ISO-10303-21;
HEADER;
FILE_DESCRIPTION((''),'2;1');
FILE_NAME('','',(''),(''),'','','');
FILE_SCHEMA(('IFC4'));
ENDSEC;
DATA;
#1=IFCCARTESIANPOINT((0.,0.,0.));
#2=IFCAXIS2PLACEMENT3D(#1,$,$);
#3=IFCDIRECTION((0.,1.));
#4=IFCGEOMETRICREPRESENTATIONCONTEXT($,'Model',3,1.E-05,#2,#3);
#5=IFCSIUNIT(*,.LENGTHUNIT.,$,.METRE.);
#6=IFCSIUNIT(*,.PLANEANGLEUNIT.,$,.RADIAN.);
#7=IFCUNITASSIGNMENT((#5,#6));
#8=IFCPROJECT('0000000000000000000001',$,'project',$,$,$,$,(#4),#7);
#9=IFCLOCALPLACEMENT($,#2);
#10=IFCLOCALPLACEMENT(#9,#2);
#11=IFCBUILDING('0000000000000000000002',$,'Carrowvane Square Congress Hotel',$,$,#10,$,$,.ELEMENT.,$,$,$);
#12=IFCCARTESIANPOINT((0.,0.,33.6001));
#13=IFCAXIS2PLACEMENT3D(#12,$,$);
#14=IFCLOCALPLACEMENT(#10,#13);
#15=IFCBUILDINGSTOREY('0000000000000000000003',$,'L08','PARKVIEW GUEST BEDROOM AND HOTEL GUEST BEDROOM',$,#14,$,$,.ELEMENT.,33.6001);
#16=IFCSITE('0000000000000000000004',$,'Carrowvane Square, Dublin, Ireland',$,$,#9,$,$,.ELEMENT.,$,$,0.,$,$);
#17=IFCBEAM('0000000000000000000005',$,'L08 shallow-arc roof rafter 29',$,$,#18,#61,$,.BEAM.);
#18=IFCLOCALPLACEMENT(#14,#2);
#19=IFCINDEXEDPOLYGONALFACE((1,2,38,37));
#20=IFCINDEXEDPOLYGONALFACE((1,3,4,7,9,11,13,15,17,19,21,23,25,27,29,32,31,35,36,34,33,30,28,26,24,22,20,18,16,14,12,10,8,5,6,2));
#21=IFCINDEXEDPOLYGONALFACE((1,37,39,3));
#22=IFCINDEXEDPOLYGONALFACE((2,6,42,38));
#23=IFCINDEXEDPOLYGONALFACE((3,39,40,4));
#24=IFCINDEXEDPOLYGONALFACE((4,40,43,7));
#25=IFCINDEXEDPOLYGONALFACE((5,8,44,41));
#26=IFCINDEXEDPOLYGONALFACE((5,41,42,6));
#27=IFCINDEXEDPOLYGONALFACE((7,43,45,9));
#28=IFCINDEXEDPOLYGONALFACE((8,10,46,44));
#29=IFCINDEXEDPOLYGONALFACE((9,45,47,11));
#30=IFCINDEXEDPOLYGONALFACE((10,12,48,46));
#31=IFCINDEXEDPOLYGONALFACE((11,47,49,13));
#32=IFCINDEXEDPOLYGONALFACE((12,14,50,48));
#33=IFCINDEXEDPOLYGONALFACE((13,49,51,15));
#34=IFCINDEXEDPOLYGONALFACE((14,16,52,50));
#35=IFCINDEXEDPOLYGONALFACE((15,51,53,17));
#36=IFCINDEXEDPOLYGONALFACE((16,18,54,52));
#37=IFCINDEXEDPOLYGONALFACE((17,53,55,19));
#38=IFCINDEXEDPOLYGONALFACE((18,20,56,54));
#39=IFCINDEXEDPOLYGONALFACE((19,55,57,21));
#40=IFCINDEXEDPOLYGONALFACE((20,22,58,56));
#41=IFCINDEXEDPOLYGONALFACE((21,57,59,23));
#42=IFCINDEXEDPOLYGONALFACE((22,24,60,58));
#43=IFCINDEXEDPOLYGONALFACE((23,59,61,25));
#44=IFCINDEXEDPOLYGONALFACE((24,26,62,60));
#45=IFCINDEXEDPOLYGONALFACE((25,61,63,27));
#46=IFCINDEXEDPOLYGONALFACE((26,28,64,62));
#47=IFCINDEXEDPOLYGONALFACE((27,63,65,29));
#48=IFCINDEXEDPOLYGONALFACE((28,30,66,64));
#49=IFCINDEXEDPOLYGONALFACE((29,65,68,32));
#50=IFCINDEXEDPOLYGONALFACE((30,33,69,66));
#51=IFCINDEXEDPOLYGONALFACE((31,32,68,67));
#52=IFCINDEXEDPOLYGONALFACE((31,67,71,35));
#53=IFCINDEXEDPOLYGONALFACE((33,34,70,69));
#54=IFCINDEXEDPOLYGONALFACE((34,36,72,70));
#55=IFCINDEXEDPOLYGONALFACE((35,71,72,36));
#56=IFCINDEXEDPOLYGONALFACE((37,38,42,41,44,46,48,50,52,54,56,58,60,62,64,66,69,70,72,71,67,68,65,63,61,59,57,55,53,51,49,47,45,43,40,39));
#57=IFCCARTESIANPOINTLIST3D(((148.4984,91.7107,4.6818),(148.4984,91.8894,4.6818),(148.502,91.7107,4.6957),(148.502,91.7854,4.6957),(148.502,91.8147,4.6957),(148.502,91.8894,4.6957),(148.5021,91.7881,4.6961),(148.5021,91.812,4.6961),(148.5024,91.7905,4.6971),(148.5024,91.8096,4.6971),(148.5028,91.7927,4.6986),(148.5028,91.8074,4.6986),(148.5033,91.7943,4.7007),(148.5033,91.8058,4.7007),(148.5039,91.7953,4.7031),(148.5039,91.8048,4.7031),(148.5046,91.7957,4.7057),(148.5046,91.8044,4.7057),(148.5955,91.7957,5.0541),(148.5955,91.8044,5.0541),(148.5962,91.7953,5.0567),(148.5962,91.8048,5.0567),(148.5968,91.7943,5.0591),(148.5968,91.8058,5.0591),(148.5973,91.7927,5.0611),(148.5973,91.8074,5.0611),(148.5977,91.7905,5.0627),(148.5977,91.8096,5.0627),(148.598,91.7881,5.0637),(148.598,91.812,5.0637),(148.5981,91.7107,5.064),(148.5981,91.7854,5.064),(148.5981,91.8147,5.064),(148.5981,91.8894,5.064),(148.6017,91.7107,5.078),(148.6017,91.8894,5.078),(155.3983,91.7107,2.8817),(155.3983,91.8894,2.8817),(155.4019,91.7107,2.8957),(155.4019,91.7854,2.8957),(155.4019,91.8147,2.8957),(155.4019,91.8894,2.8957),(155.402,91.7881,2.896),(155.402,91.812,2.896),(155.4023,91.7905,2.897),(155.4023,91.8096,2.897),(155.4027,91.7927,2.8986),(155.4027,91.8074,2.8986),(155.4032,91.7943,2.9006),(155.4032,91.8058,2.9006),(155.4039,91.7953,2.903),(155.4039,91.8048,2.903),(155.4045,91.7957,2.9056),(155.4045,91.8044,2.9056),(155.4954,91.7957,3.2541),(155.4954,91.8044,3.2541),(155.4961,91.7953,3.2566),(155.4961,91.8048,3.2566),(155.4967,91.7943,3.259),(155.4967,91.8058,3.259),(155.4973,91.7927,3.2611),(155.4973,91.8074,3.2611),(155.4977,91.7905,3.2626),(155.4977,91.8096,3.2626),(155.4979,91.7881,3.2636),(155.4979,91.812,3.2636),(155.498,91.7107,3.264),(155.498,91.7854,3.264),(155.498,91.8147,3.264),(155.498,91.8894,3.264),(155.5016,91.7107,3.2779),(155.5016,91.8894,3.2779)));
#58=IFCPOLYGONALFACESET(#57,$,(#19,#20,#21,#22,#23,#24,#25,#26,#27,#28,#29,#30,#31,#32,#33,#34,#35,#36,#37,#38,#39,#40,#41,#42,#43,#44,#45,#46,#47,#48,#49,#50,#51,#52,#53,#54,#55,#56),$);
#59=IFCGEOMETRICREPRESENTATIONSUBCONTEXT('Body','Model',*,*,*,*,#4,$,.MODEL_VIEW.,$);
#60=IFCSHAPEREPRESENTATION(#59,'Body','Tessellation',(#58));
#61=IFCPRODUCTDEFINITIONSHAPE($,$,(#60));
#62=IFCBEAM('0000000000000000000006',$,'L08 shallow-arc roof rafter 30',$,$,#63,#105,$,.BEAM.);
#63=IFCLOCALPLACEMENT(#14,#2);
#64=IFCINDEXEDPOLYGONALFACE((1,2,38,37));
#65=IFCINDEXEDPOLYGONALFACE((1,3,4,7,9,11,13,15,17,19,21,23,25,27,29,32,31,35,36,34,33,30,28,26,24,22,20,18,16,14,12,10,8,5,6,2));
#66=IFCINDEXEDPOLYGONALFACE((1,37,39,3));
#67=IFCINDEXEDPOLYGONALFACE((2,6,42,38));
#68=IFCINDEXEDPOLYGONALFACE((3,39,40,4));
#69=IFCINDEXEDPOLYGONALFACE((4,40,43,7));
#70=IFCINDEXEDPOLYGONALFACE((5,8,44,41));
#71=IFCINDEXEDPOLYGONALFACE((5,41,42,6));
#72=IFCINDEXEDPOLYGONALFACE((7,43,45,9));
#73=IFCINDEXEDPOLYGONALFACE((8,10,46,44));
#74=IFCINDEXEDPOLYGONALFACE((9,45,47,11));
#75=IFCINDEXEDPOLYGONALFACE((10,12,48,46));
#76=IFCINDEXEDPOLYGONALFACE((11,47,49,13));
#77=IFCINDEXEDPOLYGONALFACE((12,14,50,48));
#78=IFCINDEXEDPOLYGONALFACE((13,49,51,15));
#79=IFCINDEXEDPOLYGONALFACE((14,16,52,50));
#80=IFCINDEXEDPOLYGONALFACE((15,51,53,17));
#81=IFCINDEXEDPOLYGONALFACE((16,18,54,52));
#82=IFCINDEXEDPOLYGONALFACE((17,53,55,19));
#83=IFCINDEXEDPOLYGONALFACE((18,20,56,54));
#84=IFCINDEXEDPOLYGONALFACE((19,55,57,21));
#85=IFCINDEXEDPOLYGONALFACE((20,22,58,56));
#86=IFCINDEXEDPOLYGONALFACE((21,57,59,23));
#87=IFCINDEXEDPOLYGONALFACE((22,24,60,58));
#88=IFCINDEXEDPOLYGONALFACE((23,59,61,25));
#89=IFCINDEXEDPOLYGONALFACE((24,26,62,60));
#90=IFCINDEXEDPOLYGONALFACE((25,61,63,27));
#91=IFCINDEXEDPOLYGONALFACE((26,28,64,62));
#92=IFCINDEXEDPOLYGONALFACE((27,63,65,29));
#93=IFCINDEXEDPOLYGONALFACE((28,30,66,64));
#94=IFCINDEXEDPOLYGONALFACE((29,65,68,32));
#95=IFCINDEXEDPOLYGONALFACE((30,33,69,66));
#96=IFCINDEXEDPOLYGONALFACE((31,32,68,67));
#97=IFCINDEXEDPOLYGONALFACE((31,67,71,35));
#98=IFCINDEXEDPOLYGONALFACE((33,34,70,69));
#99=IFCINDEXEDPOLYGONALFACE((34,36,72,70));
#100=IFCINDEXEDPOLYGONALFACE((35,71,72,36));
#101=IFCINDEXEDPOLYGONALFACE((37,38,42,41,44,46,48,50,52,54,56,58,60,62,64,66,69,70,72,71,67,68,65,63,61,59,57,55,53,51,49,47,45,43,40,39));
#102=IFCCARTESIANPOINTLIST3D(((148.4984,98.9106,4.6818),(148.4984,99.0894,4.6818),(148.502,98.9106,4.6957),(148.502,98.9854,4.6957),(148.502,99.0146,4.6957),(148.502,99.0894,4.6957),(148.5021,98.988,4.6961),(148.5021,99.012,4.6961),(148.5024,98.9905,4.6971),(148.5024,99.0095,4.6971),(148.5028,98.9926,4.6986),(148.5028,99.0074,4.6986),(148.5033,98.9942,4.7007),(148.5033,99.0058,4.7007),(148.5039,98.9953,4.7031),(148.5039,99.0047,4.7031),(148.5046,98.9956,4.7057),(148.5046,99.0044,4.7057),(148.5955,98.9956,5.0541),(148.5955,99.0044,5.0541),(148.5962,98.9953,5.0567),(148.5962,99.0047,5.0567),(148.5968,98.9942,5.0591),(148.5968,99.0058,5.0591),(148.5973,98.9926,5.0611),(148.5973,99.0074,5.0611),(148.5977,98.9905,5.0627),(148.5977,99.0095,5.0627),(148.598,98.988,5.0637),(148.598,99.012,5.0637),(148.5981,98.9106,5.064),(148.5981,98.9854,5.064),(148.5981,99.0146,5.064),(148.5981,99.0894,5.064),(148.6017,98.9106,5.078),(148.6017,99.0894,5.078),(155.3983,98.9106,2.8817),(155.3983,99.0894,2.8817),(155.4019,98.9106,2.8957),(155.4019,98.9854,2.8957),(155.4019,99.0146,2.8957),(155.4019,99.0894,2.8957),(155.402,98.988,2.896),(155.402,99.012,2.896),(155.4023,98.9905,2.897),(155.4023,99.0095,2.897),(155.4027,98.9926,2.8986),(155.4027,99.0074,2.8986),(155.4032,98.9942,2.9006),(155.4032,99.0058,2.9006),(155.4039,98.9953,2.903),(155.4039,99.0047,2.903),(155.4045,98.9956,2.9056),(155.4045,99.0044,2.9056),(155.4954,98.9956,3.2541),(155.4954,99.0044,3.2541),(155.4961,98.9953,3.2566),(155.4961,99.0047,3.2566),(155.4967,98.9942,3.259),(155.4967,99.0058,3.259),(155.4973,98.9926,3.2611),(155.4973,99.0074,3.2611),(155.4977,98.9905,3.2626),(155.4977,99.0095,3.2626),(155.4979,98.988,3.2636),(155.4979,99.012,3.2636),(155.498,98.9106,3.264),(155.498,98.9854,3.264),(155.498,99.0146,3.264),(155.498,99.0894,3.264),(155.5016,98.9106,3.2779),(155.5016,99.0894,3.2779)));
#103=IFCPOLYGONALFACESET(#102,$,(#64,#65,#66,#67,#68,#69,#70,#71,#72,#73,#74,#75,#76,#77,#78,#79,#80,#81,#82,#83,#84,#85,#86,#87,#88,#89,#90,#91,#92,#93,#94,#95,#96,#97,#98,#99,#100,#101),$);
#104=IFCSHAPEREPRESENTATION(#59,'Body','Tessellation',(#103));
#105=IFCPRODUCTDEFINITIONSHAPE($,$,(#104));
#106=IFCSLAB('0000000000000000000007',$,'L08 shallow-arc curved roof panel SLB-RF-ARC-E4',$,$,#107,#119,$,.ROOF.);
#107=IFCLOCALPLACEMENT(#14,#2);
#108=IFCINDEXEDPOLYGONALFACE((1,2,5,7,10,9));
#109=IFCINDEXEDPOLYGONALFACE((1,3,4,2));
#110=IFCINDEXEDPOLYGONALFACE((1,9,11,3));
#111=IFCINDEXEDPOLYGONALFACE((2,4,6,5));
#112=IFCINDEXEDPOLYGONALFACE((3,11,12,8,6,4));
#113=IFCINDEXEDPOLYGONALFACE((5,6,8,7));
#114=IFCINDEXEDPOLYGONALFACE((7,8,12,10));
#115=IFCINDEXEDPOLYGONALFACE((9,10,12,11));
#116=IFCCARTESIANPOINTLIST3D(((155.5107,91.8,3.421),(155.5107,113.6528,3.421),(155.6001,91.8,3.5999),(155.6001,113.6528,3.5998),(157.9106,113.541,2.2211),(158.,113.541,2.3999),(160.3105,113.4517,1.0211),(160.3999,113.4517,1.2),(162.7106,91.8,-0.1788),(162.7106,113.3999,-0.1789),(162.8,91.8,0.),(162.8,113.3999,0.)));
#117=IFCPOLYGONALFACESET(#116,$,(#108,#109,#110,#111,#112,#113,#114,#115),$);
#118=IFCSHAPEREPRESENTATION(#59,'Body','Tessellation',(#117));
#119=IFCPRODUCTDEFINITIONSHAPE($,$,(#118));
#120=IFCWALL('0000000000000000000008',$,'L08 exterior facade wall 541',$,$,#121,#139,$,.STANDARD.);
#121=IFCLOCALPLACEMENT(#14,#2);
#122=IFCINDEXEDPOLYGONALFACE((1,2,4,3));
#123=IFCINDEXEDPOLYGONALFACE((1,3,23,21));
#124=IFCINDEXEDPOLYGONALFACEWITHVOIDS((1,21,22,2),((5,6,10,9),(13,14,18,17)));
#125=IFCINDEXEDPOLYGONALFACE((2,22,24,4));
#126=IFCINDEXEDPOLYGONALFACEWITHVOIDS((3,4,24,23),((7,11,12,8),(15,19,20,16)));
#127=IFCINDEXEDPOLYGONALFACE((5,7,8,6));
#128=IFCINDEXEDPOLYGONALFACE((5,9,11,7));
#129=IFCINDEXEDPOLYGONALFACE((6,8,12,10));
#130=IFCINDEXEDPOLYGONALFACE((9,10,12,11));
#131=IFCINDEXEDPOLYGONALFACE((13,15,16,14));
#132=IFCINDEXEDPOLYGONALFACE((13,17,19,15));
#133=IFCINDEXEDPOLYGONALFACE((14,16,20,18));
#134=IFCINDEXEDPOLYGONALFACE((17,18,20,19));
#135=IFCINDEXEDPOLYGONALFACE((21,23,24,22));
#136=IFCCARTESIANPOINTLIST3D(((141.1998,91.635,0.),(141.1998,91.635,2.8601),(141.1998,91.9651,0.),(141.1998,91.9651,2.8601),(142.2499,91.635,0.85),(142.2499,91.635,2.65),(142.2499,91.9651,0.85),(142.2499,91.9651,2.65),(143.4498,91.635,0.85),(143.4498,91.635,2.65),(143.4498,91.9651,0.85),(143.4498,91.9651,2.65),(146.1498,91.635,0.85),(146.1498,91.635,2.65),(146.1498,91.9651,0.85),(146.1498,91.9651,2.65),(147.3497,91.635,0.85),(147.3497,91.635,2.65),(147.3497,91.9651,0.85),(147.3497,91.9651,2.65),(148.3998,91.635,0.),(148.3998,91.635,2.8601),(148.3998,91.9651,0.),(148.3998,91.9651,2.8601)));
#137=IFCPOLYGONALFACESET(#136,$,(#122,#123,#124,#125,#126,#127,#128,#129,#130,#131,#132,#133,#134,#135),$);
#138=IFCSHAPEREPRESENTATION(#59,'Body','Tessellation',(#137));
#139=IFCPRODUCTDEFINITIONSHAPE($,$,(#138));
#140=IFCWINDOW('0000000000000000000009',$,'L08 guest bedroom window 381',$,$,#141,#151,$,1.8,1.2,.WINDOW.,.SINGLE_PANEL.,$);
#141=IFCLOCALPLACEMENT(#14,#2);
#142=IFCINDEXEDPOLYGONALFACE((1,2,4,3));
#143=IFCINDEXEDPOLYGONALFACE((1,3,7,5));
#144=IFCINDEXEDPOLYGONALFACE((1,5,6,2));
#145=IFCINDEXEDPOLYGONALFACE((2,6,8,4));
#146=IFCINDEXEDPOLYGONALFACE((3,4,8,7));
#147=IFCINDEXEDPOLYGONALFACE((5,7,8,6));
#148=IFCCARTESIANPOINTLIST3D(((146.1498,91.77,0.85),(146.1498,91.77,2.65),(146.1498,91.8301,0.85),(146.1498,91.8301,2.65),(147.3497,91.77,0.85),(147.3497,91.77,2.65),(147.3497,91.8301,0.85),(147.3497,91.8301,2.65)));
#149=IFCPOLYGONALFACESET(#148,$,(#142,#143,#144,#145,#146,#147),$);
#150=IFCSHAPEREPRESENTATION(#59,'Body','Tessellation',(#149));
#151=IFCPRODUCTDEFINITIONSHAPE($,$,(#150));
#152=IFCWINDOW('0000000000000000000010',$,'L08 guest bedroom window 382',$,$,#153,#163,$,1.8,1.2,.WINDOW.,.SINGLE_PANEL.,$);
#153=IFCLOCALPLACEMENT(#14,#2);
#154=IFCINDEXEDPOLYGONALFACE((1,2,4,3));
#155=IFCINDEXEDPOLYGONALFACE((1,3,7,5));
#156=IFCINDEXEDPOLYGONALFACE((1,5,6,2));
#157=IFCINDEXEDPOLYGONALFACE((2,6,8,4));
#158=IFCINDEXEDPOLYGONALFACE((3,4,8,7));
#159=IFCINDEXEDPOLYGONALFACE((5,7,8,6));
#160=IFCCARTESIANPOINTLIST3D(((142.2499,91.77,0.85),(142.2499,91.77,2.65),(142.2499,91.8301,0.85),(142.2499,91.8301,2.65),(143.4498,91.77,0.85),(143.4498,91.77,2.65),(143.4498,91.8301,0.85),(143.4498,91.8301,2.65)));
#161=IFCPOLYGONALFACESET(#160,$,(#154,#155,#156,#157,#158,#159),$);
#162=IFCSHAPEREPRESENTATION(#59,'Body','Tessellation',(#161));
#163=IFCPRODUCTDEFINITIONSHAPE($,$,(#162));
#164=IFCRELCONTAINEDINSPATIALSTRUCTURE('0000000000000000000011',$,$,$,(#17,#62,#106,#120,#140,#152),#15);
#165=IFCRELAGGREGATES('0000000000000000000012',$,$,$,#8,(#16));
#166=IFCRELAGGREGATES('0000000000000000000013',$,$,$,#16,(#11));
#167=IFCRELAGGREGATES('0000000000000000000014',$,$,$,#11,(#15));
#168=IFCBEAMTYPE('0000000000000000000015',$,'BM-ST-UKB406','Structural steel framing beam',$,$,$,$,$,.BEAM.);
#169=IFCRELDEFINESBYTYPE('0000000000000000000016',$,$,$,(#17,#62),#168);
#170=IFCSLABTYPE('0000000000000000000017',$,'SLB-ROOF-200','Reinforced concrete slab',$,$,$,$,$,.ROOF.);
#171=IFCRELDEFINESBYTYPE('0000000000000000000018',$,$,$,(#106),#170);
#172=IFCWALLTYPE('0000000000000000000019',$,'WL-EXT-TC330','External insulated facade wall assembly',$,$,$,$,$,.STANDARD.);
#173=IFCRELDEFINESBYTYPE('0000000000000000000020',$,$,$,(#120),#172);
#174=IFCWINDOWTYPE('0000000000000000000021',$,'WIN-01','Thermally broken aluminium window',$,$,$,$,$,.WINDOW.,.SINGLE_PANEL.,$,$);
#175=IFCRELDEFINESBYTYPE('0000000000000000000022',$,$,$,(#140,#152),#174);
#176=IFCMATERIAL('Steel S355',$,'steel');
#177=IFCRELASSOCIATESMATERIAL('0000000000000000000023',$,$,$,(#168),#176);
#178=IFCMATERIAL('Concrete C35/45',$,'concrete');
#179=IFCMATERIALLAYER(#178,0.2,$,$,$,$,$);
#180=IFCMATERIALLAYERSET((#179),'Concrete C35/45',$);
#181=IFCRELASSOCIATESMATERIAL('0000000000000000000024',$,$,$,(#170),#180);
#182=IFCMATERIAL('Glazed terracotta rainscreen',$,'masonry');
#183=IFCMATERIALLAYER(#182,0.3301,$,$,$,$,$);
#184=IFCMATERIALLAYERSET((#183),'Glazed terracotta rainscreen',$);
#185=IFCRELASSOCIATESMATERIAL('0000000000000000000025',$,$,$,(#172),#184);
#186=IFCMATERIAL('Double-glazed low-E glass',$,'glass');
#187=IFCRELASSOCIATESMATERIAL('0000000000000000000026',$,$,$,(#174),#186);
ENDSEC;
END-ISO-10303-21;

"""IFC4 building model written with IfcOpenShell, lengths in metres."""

from ifc_helpers import new_model, si_unit, direction, frame, frame_2d, origin, origin_2d, place, context, subcontext, project, spatial, polyline, rectangle, i_section, outline, extrude, material, layer, layer_set, material_profile, profile_set, type_object, element, fill, save


model = new_model("IFC4")

# Units and contexts
model_context = context("Model", 3, precision=1e-05, world=origin(), true_north=direction((0.0, 1.0)))
body_context = subcontext(model_context, "Body", "Model", "MODEL_VIEW")
ifc_project = project(units=[si_unit("LENGTHUNIT", "METRE"), si_unit("PLANEANGLEUNIT", "RADIAN")], contexts=[model_context])

# Site, building, storey
site_placement = place(None, origin())
site = spatial("IfcSite", under=ifc_project, at=site_placement, Name="Carrowvane Square, Dublin, Ireland", CompositionType="ELEMENT", RefElevation=0.0)
building_placement = place(site_placement, origin())
building = spatial("IfcBuilding", under=site, at=building_placement, Name="Carrowvane Square Congress Hotel", CompositionType="ELEMENT")
storey_placement = place(building_placement, frame((0.0, 0.0, 33.6001)))
storey = spatial("IfcBuildingStorey", under=building, at=storey_placement, Name="L08", Description="PARKVIEW GUEST BEDROOM AND HOTEL GUEST BEDROOM", CompositionType="ELEMENT", Elevation=33.6001)

# Beams
ifc_material_1 = material(Name="Steel S355", Category="steel")
ifc_material_profile_1 = material_profile(ifc_material_1, i_section(OverallWidth=0.1787, OverallDepth=0.4094, WebThickness=0.0088, FlangeThickness=0.0144, FilletRadius=0.0103, at=origin_2d()), Name="UKB 406x178x67")
ifc_profile_set_1 = profile_set([ifc_material_profile_1], Name="Steel S355")
beam_type_1 = type_object("IfcBeamType", Name="BM-ST-UKB406", Description="Structural steel framing beam", PredefinedType="BEAM", material=ifc_profile_set_1)
for number, where, z_axis, x_axis, name in (
    (1, (148.55, 91.8, 4.8799), (0.967615, 0.0, -0.252432), (0.0, 1.0, 0.0), "L08 shallow-arc roof rafter 29"),
    (2, (148.55, 99.0, 4.8799), (0.967615, 0.0, -0.252432), (0.0, 1.0, 0.0), "L08 shallow-arc roof rafter 30"),
):
    element("IfcBeam", number, at=place(storey_placement, frame(where, z_axis=z_axis, x_axis=x_axis)), inside=storey, type_object=beam_type_1, Name=name, PredefinedType="BEAM", context=body_context, shape_type="SweptSolid", body=[
        extrude(i_section(OverallWidth=0.1787, OverallDepth=0.4094, WebThickness=0.0088, FlangeThickness=0.0144, FilletRadius=0.0103, at=origin_2d()), origin(), (0.0, 0.0, 1.0), 7.1309),
    ])

# Slab
ifc_material_2 = material(Name="Concrete C35/45", Category="concrete")
ifc_layer_1 = layer(ifc_material_2, 0.2)
ifc_layer_set_1 = layer_set([ifc_layer_1], Name="Concrete C35/45")
slab_type = type_object("IfcSlabType", Name="SLB-ROOF-200", Description="Reinforced concrete slab", PredefinedType="ROOF", material=ifc_layer_set_1)
slab_placement = place(storey_placement, frame((155.6001, 91.8, 3.5999), z_axis=(0.447202, 0.000002, 0.894433), x_axis=(0.894433, 0.0, -0.447202)))
element("IfcSlab", 3, at=slab_placement, inside=storey, type_object=slab_type, Name="L08 shallow-arc curved roof panel SLB-RF-ARC-E4", PredefinedType="ROOF", context=body_context, shape_type="SweptSolid", body=[
    extrude(outline(polyline([(0.0, 0.0), (8.0497, 0.0), (8.0497, 21.5999), (5.3663, 21.6516), (2.6832, 21.741), (0.0, 21.8528), (0.0, 0.0)])), origin(), (0.0, 0.0, -1.0), 0.2),
])

# Wall, openings, windows
ifc_material_3 = material(Name="Glazed terracotta rainscreen", Category="masonry")
ifc_layer_2 = layer(ifc_material_3, 0.3301)
ifc_layer_set_2 = layer_set([ifc_layer_2], Name="Glazed terracotta rainscreen")
wall_type_1 = type_object("IfcWallType", Name="WL-EXT-TC330", Description="External insulated facade wall assembly", PredefinedType="STANDARD", material=ifc_layer_set_2)
wall_1_placement = place(storey_placement, frame((148.3999, 91.8, 0.0), z_axis=(0.0, 0.0, 1.0), x_axis=(-1.0, 0.0, 0.0)))
wall_1 = element("IfcWall", 4, at=wall_1_placement, inside=storey, type_object=wall_type_1, Name="L08 exterior facade wall 541", PredefinedType="STANDARD", context=body_context, shape_type="SweptSolid", body=[
    extrude(rectangle(XDim=7.2, YDim=0.3301, at=frame_2d((3.6001, 0.0))), origin(), (0.0, 0.0, 1.0), 2.8601),
])
opening_1_placement = place(wall_1_placement, frame((1.05, 0.0, 0.8501)))
opening_1 = element("IfcOpeningElement", 5, at=opening_1_placement, cuts=wall_1, PredefinedType="OPENING", context=body_context, shape_type="SweptSolid", body=[
    extrude(rectangle(XDim=1.2, YDim=1.8, at=frame_2d((0.6001, 0.8999))), frame((0.0, 0.175, 0.0), z_axis=(0.0, -1.0, 0.0), x_axis=(1.0, 0.0, 0.0)), (0.0, 0.0, 1.0), 0.3501),
])
opening_2_placement = place(wall_1_placement, frame((4.95, 0.0, 0.8501)))
opening_2 = element("IfcOpeningElement", 6, at=opening_2_placement, cuts=wall_1, PredefinedType="OPENING", context=body_context, shape_type="SweptSolid", body=[
    extrude(rectangle(XDim=1.2, YDim=1.8, at=frame_2d((0.6001, 0.8999))), frame((0.0, 0.175, 0.0), z_axis=(0.0, -1.0, 0.0), x_axis=(1.0, 0.0, 0.0)), (0.0, 0.0, 1.0), 0.3501),
])
ifc_material_4 = material(Name="Double-glazed low-E glass", Category="glass")
window_type_1 = type_object("IfcWindowType", Name="WIN-01", Description="Thermally broken aluminium window", PartitioningType="SINGLE_PANEL", PredefinedType="WINDOW", material=ifc_material_4)
window_1_placement = place(opening_1_placement, origin())
window_1 = element("IfcWindow", 7, at=window_1_placement, inside=storey, type_object=window_type_1, Name="L08 guest bedroom window 381", OverallHeight=1.8, OverallWidth=1.2, PartitioningType="SINGLE_PANEL", PredefinedType="WINDOW", context=body_context, shape_type="SweptSolid", body=[
    extrude(rectangle(XDim=1.2, YDim=1.8, at=frame_2d((0.6001, 0.8999))), frame((0.0, 0.03, 0.0), z_axis=(0.0, -1.0, 0.0), x_axis=(1.0, 0.0, 0.0)), (0.0, 0.0, 1.0), 0.0601),
])
fill(opening_1, window_1)
window_2_placement = place(opening_2_placement, origin())
window_2 = element("IfcWindow", 8, at=window_2_placement, inside=storey, type_object=window_type_1, Name="L08 guest bedroom window 382", OverallHeight=1.8, OverallWidth=1.2, PartitioningType="SINGLE_PANEL", PredefinedType="WINDOW", context=body_context, shape_type="SweptSolid", body=[
    extrude(rectangle(XDim=1.2, YDim=1.8, at=frame_2d((0.6001, 0.8999))), frame((0.0, 0.03, 0.0), z_axis=(0.0, -1.0, 0.0), x_axis=(1.0, 0.0, 0.0)), (0.0, 0.0, 1.0), 0.0601),
])
fill(opening_2, window_2)

save(model, "model.ifc")
